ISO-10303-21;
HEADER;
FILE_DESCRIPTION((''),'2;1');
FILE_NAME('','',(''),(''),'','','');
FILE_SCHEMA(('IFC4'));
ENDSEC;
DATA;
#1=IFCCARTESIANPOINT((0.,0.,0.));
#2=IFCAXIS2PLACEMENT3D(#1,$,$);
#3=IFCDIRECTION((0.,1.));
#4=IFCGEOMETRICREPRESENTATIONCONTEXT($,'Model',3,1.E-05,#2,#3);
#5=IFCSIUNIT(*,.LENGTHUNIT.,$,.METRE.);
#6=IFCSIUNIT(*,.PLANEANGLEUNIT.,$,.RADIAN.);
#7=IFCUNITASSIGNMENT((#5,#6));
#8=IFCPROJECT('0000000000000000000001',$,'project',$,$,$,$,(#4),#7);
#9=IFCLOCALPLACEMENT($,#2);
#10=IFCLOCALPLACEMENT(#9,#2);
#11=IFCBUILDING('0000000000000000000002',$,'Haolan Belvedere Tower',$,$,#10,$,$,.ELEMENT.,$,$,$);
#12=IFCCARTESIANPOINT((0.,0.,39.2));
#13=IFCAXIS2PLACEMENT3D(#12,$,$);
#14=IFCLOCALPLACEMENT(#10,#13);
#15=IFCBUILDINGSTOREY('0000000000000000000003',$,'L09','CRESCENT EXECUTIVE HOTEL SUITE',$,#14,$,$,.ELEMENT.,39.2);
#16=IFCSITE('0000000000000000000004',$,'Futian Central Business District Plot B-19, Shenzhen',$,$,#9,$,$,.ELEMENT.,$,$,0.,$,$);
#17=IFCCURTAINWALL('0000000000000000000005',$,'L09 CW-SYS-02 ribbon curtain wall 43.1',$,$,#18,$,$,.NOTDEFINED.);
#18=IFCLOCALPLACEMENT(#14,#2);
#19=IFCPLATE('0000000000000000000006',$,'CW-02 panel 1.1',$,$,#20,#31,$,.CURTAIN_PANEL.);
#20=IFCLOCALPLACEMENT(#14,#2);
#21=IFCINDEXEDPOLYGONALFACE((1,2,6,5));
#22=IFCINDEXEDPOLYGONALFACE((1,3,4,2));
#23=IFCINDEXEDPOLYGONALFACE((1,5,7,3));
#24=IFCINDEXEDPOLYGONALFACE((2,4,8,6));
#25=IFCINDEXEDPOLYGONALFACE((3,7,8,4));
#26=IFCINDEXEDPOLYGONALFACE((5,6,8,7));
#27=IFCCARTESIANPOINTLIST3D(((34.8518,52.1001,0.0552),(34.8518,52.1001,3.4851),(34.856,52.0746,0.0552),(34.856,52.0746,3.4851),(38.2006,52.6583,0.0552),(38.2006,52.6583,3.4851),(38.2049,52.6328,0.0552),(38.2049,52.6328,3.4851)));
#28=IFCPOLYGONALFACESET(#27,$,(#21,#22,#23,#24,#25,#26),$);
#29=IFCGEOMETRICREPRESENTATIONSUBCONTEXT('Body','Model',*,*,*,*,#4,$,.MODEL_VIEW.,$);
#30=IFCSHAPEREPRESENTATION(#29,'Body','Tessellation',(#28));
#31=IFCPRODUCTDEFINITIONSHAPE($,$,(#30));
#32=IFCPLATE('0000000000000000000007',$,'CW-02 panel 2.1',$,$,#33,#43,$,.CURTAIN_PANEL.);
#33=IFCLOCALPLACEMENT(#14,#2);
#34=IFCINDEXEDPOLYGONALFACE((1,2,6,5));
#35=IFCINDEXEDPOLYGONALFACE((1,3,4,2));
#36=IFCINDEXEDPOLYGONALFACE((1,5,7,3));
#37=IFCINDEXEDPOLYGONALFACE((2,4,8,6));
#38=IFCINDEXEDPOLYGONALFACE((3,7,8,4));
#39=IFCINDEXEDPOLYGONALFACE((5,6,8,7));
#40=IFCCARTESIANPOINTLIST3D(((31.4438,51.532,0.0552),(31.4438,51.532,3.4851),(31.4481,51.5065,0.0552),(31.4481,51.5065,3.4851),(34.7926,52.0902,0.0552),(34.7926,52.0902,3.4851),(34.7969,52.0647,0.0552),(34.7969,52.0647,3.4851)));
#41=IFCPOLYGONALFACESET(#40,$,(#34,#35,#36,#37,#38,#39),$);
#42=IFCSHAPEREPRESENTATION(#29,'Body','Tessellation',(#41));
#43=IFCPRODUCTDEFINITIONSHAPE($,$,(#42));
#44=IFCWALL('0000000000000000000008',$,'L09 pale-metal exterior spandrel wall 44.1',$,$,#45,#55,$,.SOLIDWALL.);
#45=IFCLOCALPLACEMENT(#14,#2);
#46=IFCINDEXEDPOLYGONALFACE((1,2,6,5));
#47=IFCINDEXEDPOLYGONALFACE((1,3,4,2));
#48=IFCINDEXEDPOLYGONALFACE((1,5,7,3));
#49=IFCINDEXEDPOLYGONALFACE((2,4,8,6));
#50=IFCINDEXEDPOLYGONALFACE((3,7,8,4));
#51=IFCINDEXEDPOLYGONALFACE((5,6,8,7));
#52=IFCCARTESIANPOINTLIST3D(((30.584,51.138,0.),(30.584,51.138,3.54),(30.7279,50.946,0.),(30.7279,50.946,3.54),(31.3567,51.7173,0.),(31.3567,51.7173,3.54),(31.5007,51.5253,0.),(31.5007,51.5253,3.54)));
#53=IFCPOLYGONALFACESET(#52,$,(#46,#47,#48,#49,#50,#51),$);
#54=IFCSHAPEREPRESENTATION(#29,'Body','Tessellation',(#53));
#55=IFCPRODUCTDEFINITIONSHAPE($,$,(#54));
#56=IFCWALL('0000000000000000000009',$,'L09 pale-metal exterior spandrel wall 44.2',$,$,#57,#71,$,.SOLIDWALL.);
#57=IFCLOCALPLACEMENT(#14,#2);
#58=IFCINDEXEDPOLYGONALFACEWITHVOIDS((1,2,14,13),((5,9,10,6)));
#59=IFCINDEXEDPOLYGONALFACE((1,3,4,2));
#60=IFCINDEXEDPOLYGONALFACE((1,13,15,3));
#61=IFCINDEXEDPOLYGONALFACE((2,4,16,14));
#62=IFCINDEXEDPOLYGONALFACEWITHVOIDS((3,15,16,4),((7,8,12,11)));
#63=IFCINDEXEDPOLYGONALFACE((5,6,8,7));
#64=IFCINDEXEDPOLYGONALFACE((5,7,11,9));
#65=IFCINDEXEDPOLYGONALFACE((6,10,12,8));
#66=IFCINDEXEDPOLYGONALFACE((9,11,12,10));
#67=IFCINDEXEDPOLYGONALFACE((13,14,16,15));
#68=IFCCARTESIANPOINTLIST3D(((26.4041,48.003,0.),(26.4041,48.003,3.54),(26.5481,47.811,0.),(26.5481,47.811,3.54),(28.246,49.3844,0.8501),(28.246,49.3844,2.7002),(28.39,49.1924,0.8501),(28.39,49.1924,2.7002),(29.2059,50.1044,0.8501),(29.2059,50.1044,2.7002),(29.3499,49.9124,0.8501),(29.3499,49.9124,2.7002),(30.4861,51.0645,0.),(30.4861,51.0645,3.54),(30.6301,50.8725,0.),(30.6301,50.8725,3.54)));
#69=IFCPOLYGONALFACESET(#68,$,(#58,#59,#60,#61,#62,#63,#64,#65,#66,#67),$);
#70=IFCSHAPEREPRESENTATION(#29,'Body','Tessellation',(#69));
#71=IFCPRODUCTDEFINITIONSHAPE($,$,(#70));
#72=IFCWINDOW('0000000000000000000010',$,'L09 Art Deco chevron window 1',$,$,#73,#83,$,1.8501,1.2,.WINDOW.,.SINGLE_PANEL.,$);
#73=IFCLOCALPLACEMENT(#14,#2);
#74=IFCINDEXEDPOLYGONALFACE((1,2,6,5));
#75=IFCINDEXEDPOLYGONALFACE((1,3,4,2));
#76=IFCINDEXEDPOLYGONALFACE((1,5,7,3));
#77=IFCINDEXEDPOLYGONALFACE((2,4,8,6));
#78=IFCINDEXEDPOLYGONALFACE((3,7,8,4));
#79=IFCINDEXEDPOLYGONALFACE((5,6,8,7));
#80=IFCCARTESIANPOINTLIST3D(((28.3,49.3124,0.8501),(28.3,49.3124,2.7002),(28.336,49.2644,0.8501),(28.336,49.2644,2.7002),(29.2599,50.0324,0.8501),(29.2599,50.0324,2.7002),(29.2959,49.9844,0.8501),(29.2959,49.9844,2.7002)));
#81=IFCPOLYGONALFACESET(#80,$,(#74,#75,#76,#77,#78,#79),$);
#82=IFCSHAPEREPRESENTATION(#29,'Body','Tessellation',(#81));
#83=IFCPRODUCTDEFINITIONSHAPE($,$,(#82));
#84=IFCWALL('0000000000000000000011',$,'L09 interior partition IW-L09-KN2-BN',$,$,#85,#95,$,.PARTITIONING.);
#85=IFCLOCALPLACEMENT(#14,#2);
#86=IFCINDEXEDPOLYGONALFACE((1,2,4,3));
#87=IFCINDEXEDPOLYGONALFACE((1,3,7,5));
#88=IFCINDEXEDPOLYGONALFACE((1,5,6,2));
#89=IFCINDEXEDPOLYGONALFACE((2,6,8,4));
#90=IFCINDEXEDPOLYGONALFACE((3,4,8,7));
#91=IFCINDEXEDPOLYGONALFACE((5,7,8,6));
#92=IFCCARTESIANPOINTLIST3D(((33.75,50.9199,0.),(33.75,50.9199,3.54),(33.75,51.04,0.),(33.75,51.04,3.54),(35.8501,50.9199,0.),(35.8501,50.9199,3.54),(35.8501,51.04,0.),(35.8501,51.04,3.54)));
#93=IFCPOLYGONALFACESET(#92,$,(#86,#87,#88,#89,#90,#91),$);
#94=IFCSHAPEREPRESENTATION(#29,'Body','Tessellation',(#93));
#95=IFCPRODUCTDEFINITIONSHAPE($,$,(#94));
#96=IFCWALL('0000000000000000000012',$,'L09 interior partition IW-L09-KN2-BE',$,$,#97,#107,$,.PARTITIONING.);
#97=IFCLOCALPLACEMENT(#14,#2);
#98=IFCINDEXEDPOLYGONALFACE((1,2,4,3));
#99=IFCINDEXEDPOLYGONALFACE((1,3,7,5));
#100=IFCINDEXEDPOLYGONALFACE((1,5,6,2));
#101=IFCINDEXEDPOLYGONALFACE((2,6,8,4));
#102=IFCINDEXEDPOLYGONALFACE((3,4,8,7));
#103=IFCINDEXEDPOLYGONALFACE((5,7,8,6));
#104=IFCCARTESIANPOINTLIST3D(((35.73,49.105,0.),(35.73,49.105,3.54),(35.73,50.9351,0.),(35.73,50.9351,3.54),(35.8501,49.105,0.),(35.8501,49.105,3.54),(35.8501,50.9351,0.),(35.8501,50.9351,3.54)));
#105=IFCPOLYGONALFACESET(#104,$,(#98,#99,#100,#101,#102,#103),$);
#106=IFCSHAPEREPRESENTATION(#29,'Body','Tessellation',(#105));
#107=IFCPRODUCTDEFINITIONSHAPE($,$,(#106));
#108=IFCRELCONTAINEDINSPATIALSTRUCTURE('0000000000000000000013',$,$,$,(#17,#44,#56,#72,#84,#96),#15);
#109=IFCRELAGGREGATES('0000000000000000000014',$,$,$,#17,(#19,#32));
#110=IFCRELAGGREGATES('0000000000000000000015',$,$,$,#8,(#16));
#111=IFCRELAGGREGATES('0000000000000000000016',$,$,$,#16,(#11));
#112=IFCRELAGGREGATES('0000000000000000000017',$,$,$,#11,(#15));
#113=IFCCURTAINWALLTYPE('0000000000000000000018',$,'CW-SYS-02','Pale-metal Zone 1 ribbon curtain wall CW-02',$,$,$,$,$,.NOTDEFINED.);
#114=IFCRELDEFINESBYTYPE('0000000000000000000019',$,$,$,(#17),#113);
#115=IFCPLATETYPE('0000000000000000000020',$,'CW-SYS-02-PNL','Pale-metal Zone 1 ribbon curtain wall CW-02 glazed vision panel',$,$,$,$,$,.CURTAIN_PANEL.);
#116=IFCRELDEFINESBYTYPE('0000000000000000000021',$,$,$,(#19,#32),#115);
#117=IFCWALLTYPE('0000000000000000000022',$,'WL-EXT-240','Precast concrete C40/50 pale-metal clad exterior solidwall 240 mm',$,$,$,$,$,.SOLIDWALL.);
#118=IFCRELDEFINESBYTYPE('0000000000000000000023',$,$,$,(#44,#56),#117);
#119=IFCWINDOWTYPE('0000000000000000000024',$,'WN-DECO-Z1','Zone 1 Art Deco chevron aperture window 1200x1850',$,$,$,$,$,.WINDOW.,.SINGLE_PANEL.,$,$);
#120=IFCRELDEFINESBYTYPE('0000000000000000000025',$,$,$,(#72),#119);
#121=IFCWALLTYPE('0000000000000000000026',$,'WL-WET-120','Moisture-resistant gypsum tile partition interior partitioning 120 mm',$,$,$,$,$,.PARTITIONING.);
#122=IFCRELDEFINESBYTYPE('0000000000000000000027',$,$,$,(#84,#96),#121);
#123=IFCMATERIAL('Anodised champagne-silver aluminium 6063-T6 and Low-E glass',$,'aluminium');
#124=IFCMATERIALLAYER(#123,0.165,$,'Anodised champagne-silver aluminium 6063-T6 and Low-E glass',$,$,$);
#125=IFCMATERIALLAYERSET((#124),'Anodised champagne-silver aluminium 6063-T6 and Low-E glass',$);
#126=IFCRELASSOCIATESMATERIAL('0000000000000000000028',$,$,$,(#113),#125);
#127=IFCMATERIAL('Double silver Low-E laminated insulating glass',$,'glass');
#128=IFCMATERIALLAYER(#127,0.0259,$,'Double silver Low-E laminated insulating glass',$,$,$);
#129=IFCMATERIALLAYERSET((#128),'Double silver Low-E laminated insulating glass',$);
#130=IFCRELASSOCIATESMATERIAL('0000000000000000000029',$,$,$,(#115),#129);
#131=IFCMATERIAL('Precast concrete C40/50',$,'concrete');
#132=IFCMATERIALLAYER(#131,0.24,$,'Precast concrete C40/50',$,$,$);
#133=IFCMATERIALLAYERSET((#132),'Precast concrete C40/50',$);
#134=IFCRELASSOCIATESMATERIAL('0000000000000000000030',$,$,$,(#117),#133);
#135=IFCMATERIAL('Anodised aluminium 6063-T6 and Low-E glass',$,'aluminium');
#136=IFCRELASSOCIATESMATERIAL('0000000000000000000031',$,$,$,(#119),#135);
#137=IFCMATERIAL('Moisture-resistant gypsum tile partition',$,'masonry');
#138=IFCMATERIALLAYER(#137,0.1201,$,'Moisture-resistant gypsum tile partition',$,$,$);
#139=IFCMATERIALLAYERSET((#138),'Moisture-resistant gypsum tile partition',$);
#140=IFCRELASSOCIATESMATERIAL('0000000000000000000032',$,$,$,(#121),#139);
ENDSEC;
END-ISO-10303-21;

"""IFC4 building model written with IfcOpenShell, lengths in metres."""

from ifc_helpers import new_model, si_unit, direction, frame, frame_2d, origin, origin_2d, place, context, subcontext, project, spatial, rectangle, extrude, material, layer, layer_set, type_object, element, fill, aggregate, save


model = new_model("IFC4")

# Units and contexts
model_context = context("Model", 3, precision=1e-05, world=origin(), true_north=direction((0.0, 1.0)))
body_context = subcontext(model_context, "Body", "Model", "MODEL_VIEW")
ifc_project = project(units=[si_unit("LENGTHUNIT", "METRE"), si_unit("PLANEANGLEUNIT", "RADIAN")], contexts=[model_context])

# Site, building, storey
site_placement = place(None, origin())
site = spatial("IfcSite", under=ifc_project, at=site_placement, Name="Futian Central Business District Plot B-19, Shenzhen", CompositionType="ELEMENT", RefElevation=0.0)
building_placement = place(site_placement, origin())
building = spatial("IfcBuilding", under=site, at=building_placement, Name="Haolan Belvedere Tower", CompositionType="ELEMENT")
storey_placement = place(building_placement, frame((0.0, 0.0, 39.2)))
storey = spatial("IfcBuildingStorey", under=building, at=storey_placement, Name="L09", Description="CRESCENT EXECUTIVE HOTEL SUITE", CompositionType="ELEMENT", Elevation=39.2)

# Curtain wall, plates
ifc_material_1 = material(Name="Anodised champagne-silver aluminium 6063-T6 and Low-E glass", Category="aluminium")
ifc_layer_1 = layer(ifc_material_1, 0.165, Name="Anodised champagne-silver aluminium 6063-T6 and Low-E glass")
ifc_layer_set_1 = layer_set([ifc_layer_1], Name="Anodised champagne-silver aluminium 6063-T6 and Low-E glass")
curtain_wall_type = type_object("IfcCurtainWallType", Name="CW-SYS-02", Description="Pale-metal Zone 1 ribbon curtain wall CW-02", PredefinedType="NOTDEFINED", material=ifc_layer_set_1)
curtain_wall_placement = place(storey_placement, origin())
curtain_wall = element("IfcCurtainWall", 1, at=curtain_wall_placement, inside=storey, type_object=curtain_wall_type, Name="L09 CW-SYS-02 ribbon curtain wall 43.1", PredefinedType="NOTDEFINED")
ifc_material_2 = material(Name="Double silver Low-E laminated insulating glass", Category="glass")
ifc_layer_2 = layer(ifc_material_2, 0.0259, Name="Double silver Low-E laminated insulating glass")
ifc_layer_set_2 = layer_set([ifc_layer_2], Name="Double silver Low-E laminated insulating glass")
plate_type = type_object("IfcPlateType", Name="CW-SYS-02-PNL", Description="Pale-metal Zone 1 ribbon curtain wall CW-02 glazed vision panel", PredefinedType="CURTAIN_PANEL", material=ifc_layer_set_2)
plate_1_placement = place(storey_placement, frame((36.5283, 52.3665, 0.0552), z_axis=(0.0, 0.0, 1.0), x_axis=(-0.986393, -0.164404, 0.0)))
plate_1 = element("IfcPlate", 2, at=plate_1_placement, type_object=plate_type, Name="CW-02 panel 1.1", PredefinedType="CURTAIN_PANEL", context=body_context, shape_type="SweptSolid", body=[
    extrude(rectangle(XDim=3.395, YDim=0.0259, at=origin_2d()), origin(), (0.0, 0.0, 1.0), 3.4299),
])
plate_2_placement = place(storey_placement, frame((33.1204, 51.7983, 0.0552), z_axis=(0.0, 0.0, 1.0), x_axis=(-0.986393, -0.164404, 0.0)))
plate_2 = element("IfcPlate", 3, at=plate_2_placement, type_object=plate_type, Name="CW-02 panel 2.1", PredefinedType="CURTAIN_PANEL", context=body_context, shape_type="SweptSolid", body=[
    extrude(rectangle(XDim=3.395, YDim=0.0259, at=origin_2d()), origin(), (0.0, 0.0, 1.0), 3.4299),
])
aggregate(curtain_wall, [plate_1, plate_2])

# Wall
ifc_material_3 = material(Name="Precast concrete C40/50", Category="concrete")
ifc_layer_3 = layer(ifc_material_3, 0.24, Name="Precast concrete C40/50")
ifc_layer_set_3 = layer_set([ifc_layer_3], Name="Precast concrete C40/50")
wall_type_1 = type_object("IfcWallType", Name="WL-EXT-240", Description="Precast concrete C40/50 pale-metal clad exterior solidwall 240 mm", PredefinedType="SOLIDWALL", material=ifc_layer_set_3)
wall_1_placement = place(storey_placement, frame((31.4287, 51.6213, 0.0), z_axis=(0.0, 0.0, 1.0), x_axis=(-0.800091, -0.599879, 0.0)))
element("IfcWall", 4, at=wall_1_placement, inside=storey, type_object=wall_type_1, Name="L09 pale-metal exterior spandrel wall 44.1", PredefinedType="SOLIDWALL", context=body_context, shape_type="SweptSolid", body=[
    extrude(rectangle(XDim=0.9658, YDim=0.24, at=frame_2d((0.4829, 0.0))), origin(), (0.0, 0.0, 1.0), 3.54),
])

# Wall, opening, window
wall_2_placement = place(storey_placement, frame((30.5581, 50.9685, 0.0), z_axis=(0.0, 0.0, 1.0), x_axis=(-0.8, -0.6, 0.0)))
wall_2 = element("IfcWall", 5, at=wall_2_placement, inside=storey, type_object=wall_type_1, Name="L09 pale-metal exterior spandrel wall 44.2", PredefinedType="SOLIDWALL", context=body_context, shape_type="SweptSolid", body=[
    extrude(rectangle(XDim=5.1025, YDim=0.24, at=frame_2d((2.5513, 0.0))), origin(), (0.0, 0.0, 1.0), 3.54),
])
opening_placement = place(wall_2_placement, frame((1.6001, 0.0, 0.8501)))
opening = element("IfcOpeningElement", 6, at=opening_placement, cuts=wall_2, PredefinedType="OPENING", context=body_context, shape_type="SweptSolid", body=[
    extrude(rectangle(XDim=1.2, YDim=1.8501, at=frame_2d((0.6001, 0.925))), frame((0.0, 0.1299, 0.0), z_axis=(0.0, -1.0, 0.0), x_axis=(1.0, 0.0, 0.0)), (0.0, 0.0, 1.0), 0.26),
])
ifc_material_4 = material(Name="Anodised aluminium 6063-T6 and Low-E glass", Category="aluminium")
window_type = type_object("IfcWindowType", Name="WN-DECO-Z1", Description="Zone 1 Art Deco chevron aperture window 1200x1850", PartitioningType="SINGLE_PANEL", PredefinedType="WINDOW", material=ifc_material_4)
window_placement = place(opening_placement, origin())
window = element("IfcWindow", 7, at=window_placement, inside=storey, type_object=window_type, Name="L09 Art Deco chevron window 1", OverallHeight=1.8501, OverallWidth=1.2, PartitioningType="SINGLE_PANEL", PredefinedType="WINDOW", context=body_context, shape_type="SweptSolid", body=[
    extrude(rectangle(XDim=1.2, YDim=1.8501, at=frame_2d((0.6001, 0.925))), frame((0.0, 0.03, 0.0), z_axis=(0.0, -1.0, 0.0), x_axis=(1.0, 0.0, 0.0)), (0.0, 0.0, 1.0), 0.0601),
])
fill(opening, window)

# Walls
ifc_material_5 = material(Name="Moisture-resistant gypsum tile partition", Category="masonry")
ifc_layer_4 = layer(ifc_material_5, 0.1201, Name="Moisture-resistant gypsum tile partition")
ifc_layer_set_4 = layer_set([ifc_layer_4], Name="Moisture-resistant gypsum tile partition")
wall_type_2 = type_object("IfcWallType", Name="WL-WET-120", Description="Moisture-resistant gypsum tile partition interior partitioning 120 mm", PredefinedType="PARTITIONING", material=ifc_layer_set_4)
wall_3_placement = place(storey_placement, frame((33.75, 50.98, 0.0), z_axis=(0.0, 0.0, 1.0), x_axis=(1.0, 0.0, 0.0)))
element("IfcWall", 8, at=wall_3_placement, inside=storey, type_object=wall_type_2, Name="L09 interior partition IW-L09-KN2-BN", PredefinedType="PARTITIONING", context=body_context, shape_type="SweptSolid", body=[
    extrude(rectangle(XDim=2.1001, YDim=0.1201, at=frame_2d((1.05, 0.0))), origin(), (0.0, 0.0, 1.0), 3.54),
])
wall_4_placement = place(storey_placement, frame((35.79, 49.105, 0.0), z_axis=(0.0, 0.0, 1.0), x_axis=(0.0, 1.0, 0.0)))
element("IfcWall", 9, at=wall_4_placement, inside=storey, type_object=wall_type_2, Name="L09 interior partition IW-L09-KN2-BE", PredefinedType="PARTITIONING", context=body_context, shape_type="SweptSolid", body=[
    extrude(rectangle(XDim=1.8301, YDim=0.1201, at=frame_2d((0.915, 0.0))), origin(), (0.0, 0.0, 1.0), 3.54),
])

save(model, "model.ifc")
